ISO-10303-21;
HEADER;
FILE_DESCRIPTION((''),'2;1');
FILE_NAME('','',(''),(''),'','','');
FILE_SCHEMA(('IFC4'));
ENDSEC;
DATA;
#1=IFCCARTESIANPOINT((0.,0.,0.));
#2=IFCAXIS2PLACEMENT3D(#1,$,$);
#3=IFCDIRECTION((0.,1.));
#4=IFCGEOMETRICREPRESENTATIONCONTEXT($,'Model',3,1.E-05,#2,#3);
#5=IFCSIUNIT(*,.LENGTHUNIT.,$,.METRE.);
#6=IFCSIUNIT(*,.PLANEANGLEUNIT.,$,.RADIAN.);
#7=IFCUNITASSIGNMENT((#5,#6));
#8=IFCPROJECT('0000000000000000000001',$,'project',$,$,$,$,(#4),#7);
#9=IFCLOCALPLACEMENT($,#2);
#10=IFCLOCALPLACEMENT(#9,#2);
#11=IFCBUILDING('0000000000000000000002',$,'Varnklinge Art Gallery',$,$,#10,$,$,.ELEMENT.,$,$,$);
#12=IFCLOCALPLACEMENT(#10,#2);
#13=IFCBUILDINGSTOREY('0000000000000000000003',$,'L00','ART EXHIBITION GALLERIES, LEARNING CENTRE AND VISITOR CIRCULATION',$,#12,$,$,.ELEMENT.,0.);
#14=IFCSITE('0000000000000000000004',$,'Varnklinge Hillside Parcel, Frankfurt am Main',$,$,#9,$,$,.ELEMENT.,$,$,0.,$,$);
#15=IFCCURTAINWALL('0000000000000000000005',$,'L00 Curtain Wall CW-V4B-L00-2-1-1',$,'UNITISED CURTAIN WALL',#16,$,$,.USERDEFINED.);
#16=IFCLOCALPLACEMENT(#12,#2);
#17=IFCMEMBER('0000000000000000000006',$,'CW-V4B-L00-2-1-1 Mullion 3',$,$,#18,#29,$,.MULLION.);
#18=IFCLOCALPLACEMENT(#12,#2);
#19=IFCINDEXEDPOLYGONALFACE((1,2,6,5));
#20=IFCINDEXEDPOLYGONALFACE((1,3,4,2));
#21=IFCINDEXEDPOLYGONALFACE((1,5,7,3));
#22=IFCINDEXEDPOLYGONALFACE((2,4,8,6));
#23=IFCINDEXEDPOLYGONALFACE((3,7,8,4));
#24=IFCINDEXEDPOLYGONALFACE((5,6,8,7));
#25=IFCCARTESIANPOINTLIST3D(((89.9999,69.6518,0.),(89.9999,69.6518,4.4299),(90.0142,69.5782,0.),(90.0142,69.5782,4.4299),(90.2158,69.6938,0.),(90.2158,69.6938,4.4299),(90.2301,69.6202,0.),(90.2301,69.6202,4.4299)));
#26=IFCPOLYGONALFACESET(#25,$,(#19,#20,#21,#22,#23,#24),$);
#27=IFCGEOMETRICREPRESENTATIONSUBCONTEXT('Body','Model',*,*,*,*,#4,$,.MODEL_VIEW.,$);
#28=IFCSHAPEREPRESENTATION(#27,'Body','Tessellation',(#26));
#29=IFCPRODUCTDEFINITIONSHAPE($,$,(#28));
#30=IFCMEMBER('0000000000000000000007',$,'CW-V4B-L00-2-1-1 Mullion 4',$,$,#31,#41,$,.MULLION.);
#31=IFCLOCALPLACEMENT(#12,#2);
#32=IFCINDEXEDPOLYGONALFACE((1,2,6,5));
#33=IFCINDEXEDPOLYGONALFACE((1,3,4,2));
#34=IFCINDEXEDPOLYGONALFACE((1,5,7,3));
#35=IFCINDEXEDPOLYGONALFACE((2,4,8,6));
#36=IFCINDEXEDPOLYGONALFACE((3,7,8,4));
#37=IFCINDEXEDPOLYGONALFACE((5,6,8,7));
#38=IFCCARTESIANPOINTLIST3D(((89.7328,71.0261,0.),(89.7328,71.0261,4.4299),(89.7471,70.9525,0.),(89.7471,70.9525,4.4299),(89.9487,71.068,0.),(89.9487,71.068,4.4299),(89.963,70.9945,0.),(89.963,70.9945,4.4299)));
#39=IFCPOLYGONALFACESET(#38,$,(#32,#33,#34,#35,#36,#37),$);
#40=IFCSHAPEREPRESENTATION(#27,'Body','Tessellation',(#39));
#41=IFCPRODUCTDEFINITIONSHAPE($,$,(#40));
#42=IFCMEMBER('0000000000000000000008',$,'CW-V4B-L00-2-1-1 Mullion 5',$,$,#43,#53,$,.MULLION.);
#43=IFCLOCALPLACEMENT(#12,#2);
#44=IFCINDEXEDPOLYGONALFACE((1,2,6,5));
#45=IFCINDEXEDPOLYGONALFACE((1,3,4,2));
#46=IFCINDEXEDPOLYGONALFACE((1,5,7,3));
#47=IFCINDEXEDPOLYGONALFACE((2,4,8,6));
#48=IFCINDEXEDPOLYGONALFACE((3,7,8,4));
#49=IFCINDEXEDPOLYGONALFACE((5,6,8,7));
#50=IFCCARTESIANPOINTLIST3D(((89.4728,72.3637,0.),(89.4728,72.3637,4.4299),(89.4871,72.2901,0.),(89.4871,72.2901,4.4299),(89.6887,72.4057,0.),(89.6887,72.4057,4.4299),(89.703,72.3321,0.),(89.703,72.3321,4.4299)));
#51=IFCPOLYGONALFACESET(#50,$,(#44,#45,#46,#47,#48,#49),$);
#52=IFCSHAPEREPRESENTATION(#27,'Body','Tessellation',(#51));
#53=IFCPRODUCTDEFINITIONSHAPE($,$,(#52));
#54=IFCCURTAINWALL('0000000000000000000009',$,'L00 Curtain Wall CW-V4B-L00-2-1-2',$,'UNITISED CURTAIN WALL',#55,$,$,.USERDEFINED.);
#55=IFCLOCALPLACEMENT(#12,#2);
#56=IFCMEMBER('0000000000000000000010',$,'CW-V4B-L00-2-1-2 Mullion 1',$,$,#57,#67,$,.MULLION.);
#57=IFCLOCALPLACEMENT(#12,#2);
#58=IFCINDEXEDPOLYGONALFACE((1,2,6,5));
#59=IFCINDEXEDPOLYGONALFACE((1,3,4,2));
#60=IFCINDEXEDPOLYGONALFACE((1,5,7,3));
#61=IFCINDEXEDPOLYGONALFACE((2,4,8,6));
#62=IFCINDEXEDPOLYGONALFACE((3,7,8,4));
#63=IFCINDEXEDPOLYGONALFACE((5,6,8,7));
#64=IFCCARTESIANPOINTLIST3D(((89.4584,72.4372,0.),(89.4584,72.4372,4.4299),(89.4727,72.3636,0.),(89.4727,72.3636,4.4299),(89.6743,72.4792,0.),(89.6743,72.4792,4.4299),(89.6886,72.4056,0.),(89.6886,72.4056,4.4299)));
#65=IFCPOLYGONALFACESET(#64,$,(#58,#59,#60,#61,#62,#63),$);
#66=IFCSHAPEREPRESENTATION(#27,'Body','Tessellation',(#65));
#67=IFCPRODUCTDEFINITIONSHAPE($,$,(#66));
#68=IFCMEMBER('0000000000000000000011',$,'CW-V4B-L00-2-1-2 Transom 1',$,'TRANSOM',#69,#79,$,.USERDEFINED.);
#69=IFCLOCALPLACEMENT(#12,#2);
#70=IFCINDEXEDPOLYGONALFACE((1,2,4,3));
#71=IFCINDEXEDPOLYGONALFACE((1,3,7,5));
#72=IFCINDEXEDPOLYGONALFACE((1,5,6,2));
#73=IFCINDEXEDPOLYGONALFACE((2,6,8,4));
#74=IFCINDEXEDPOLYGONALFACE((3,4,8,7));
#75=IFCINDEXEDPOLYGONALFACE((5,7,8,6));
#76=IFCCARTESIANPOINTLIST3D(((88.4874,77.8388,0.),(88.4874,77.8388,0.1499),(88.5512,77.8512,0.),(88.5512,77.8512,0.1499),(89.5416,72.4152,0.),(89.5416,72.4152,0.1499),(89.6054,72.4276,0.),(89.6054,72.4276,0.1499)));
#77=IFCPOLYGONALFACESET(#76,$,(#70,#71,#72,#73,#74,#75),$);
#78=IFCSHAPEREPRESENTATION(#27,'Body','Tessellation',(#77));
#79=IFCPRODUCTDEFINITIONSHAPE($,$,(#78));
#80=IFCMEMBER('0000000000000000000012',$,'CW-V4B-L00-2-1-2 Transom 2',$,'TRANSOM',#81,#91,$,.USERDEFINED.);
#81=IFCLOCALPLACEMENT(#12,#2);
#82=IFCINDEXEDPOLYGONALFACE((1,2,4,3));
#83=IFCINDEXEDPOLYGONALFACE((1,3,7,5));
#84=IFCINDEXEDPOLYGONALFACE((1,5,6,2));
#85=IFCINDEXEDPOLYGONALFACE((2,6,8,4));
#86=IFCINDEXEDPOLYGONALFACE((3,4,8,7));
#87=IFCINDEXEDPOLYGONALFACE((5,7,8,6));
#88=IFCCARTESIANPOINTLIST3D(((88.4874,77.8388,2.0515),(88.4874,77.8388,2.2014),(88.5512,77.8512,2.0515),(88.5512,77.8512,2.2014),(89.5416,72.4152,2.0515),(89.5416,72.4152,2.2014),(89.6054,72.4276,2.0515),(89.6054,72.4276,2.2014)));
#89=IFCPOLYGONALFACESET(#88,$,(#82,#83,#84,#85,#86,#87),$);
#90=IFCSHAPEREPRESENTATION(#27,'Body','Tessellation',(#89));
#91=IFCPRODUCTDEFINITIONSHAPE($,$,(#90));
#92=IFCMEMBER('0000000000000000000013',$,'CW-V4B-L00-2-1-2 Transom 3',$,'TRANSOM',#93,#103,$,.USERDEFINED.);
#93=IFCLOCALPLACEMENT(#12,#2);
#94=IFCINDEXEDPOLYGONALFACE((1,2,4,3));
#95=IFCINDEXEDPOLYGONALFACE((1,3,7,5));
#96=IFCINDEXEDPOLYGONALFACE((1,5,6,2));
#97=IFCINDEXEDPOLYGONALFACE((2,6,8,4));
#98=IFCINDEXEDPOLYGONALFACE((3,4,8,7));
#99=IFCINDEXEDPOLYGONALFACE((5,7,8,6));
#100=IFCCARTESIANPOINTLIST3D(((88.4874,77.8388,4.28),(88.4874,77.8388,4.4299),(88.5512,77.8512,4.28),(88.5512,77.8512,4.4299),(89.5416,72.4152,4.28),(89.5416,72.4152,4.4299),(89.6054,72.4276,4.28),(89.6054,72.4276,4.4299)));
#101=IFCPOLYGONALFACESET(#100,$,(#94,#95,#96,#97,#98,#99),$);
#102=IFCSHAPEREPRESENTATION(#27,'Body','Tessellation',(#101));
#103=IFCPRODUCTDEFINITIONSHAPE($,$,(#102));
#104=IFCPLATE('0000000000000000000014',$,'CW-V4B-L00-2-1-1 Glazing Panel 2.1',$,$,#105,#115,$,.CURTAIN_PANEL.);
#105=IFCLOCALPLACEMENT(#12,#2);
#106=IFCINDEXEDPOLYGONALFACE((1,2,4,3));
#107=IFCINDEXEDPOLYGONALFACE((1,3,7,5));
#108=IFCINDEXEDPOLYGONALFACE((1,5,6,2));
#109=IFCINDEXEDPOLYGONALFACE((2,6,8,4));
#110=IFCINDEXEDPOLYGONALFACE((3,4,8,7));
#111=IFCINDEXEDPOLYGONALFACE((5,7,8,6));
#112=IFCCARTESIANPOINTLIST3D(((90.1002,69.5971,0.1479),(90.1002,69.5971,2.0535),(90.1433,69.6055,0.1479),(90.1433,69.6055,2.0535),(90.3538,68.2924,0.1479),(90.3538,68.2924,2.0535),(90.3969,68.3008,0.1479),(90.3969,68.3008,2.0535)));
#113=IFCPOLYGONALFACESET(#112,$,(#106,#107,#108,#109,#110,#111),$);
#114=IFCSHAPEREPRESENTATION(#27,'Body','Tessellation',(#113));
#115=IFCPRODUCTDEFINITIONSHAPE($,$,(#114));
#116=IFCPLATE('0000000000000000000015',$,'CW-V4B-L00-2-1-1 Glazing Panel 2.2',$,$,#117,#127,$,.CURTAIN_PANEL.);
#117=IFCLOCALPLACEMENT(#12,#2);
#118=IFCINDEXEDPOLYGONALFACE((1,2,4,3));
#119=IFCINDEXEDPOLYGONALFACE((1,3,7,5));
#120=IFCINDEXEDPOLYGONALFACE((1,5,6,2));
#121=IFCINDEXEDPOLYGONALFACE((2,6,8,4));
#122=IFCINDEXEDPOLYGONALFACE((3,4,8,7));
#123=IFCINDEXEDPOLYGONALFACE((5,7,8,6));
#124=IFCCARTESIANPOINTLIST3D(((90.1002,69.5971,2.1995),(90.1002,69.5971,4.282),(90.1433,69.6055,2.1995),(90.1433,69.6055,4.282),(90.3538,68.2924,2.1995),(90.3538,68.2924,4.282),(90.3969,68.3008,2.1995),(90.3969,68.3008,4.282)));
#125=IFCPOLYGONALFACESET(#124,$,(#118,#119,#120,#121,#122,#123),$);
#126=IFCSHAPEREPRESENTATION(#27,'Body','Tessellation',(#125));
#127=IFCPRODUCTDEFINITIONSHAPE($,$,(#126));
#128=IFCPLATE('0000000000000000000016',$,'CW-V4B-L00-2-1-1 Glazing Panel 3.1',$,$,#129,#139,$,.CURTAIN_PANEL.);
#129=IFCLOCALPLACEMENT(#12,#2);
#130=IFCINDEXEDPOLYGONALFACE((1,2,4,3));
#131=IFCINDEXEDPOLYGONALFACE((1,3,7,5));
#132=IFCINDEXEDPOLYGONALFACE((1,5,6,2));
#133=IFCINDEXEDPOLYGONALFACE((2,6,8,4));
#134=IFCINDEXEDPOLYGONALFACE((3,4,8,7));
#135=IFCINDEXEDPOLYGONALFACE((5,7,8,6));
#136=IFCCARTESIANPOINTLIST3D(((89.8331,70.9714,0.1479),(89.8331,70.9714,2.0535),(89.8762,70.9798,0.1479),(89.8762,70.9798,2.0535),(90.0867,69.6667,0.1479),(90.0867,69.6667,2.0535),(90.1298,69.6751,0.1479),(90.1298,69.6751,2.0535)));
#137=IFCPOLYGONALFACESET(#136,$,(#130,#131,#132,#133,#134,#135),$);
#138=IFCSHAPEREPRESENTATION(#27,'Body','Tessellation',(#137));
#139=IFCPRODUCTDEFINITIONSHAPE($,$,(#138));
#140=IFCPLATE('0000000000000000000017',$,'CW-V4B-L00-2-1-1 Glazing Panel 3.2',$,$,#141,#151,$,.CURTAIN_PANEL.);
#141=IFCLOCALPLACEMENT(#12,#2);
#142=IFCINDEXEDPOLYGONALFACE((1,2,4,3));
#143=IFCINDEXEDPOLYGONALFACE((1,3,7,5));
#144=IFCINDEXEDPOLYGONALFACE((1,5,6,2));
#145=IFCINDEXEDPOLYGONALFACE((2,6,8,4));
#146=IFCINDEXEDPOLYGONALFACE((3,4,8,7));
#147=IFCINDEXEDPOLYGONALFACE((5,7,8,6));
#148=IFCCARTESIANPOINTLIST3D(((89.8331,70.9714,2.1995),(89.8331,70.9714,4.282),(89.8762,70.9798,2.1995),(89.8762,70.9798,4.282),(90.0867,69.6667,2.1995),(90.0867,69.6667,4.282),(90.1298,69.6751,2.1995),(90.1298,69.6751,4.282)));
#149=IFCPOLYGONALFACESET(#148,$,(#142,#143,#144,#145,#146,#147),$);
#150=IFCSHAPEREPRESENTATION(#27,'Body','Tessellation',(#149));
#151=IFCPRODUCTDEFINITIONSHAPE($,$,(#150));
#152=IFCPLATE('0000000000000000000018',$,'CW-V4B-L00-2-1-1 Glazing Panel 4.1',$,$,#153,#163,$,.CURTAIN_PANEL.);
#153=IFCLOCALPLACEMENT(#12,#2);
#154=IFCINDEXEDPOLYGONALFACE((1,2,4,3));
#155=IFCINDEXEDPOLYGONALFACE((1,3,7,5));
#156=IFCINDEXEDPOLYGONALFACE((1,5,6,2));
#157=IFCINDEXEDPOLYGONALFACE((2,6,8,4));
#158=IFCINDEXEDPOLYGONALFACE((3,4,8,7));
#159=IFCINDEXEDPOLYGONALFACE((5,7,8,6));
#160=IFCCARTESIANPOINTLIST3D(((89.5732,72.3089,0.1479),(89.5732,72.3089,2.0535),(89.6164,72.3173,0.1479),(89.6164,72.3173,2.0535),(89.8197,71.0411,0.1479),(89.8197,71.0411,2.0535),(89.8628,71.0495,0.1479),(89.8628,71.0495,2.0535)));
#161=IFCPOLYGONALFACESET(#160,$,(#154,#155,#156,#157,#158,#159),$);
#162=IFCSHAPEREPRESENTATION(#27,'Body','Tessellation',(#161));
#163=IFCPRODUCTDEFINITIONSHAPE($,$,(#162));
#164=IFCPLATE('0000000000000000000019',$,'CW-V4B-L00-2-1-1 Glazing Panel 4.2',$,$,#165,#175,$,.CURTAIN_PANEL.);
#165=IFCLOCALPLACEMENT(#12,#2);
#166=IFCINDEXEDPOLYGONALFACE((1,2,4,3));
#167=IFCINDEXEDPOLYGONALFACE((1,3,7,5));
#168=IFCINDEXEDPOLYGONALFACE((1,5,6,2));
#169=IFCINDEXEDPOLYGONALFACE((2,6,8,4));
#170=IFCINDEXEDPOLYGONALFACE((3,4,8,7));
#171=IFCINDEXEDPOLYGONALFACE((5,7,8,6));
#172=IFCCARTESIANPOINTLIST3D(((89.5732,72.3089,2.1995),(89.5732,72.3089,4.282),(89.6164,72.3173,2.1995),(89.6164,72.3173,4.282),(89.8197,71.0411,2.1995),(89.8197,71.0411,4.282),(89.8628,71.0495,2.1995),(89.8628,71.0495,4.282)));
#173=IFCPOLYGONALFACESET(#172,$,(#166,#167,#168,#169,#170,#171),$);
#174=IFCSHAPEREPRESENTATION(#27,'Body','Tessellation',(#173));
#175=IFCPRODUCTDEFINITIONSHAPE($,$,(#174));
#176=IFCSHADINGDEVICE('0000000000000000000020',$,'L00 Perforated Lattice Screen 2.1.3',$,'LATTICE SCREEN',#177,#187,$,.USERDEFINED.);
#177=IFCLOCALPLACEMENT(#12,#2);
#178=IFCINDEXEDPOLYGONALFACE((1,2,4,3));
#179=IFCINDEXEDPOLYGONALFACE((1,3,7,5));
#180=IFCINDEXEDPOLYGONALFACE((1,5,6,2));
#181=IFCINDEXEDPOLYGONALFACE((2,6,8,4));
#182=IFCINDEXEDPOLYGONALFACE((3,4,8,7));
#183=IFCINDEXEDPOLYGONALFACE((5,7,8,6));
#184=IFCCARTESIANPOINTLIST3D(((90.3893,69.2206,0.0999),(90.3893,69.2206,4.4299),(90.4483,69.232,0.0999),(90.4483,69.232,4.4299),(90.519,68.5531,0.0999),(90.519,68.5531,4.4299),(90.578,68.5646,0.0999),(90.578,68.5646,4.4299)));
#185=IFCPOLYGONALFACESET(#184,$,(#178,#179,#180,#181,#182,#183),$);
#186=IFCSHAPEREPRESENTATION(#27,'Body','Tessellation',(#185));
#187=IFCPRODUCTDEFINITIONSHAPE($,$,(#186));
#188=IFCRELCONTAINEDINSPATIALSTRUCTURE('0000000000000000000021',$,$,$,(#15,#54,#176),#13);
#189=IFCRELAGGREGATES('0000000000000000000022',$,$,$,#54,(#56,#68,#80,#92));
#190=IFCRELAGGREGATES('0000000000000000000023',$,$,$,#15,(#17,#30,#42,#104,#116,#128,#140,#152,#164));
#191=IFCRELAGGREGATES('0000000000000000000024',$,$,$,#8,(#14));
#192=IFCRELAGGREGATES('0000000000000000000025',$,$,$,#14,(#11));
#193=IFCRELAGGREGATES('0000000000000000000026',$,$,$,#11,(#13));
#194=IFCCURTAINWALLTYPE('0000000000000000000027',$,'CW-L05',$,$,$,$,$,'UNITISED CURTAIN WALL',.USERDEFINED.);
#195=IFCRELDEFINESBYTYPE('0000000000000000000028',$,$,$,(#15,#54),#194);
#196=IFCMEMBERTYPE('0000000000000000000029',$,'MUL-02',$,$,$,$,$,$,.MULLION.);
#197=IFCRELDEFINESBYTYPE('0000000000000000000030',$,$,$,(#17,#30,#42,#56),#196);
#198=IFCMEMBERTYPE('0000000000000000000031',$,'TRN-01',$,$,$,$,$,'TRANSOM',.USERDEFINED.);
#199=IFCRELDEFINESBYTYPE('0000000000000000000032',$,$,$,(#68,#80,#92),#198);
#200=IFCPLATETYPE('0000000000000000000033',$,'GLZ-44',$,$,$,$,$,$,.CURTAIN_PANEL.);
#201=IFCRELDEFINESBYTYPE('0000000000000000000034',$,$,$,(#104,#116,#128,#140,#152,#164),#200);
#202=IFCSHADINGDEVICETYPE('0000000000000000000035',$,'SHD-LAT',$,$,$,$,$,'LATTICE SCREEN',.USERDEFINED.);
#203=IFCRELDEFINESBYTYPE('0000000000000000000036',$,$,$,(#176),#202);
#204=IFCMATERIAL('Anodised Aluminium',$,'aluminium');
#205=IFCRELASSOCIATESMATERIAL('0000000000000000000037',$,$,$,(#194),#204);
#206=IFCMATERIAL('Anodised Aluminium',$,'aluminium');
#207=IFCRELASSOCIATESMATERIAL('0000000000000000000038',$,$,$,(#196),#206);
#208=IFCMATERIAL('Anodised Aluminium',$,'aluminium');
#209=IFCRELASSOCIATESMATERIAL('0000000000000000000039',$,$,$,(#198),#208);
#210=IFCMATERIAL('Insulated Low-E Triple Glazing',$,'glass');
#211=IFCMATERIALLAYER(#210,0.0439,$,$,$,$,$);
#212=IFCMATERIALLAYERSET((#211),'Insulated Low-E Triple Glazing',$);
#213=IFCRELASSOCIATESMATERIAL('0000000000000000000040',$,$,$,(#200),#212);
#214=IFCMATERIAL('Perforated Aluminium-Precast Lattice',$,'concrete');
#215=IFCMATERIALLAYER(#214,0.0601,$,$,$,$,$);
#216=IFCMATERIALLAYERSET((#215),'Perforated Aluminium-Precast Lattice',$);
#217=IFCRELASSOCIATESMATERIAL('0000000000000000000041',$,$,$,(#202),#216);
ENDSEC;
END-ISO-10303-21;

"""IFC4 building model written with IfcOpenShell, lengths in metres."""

from ifc_helpers import new_model, si_unit, direction, frame, origin, origin_2d, place, context, subcontext, project, spatial, rectangle, extrude, material, layer, layer_set, material_profile, profile_set, type_object, element, aggregate, save


model = new_model("IFC4")

# Units and contexts
model_context = context("Model", 3, precision=1e-05, world=origin(), true_north=direction((0.0, 1.0)))
body_context = subcontext(model_context, "Body", "Model", "MODEL_VIEW")
ifc_project = project(units=[si_unit("LENGTHUNIT", "METRE"), si_unit("PLANEANGLEUNIT", "RADIAN")], contexts=[model_context])

# Site, building, storey
site_placement = place(None, origin())
site = spatial("IfcSite", under=ifc_project, at=site_placement, Name="Varnklinge Hillside Parcel, Frankfurt am Main", CompositionType="ELEMENT", RefElevation=0.0)
building_placement = place(site_placement, origin())
building = spatial("IfcBuilding", under=site, at=building_placement, Name="Varnklinge Art Gallery", CompositionType="ELEMENT")
storey_placement = place(building_placement, origin())
storey = spatial("IfcBuildingStorey", under=building, at=storey_placement, Name="L00", Description="ART EXHIBITION GALLERIES, LEARNING CENTRE AND VISITOR CIRCULATION", CompositionType="ELEMENT", Elevation=0.0)

# Curtain walls, members
ifc_material_1 = material(Name="Anodised Aluminium", Category="aluminium")
curtain_wall_type = type_object("IfcCurtainWallType", Name="CW-L05", ElementType="UNITISED CURTAIN WALL", PredefinedType="USERDEFINED", material=ifc_material_1)
curtain_wall_1_placement = place(storey_placement, origin())
curtain_wall_1 = element("IfcCurtainWall", 1, at=curtain_wall_1_placement, inside=storey, type_object=curtain_wall_type, Name="L00 Curtain Wall CW-V4B-L00-2-1-1", ObjectType="UNITISED CURTAIN WALL", PredefinedType="USERDEFINED")
ifc_material_2 = material(Name="Anodised Aluminium", Category="aluminium")
ifc_material_profile_1 = material_profile(ifc_material_2, rectangle(XDim=0.075, YDim=0.22, at=origin_2d()), Name="ALU 75x220")
ifc_profile_set_1 = profile_set([ifc_material_profile_1], Name="Anodised Aluminium")
member_type_1 = type_object("IfcMemberType", Name="MUL-02", PredefinedType="MULLION", material=ifc_profile_set_1)
member_1_placement = place(storey_placement, frame((90.115, 69.636, 0.0), z_axis=(0.0, 0.0, 1.0), x_axis=(-0.190809, 0.981627, 0.0)))
member_1 = element("IfcMember", 2, at=member_1_placement, type_object=member_type_1, Name="CW-V4B-L00-2-1-1 Mullion 3", PredefinedType="MULLION", context=body_context, shape_type="SweptSolid", body=[
    extrude(rectangle(XDim=0.075, YDim=0.22, at=origin_2d()), origin(), (0.0, 0.0, 1.0), 4.4299),
])
member_2_placement = place(storey_placement, frame((89.8479, 71.0103, 0.0), z_axis=(0.0, 0.0, 1.0), x_axis=(-0.190809, 0.981627, 0.0)))
member_2 = element("IfcMember", 3, at=member_2_placement, type_object=member_type_1, Name="CW-V4B-L00-2-1-1 Mullion 4", PredefinedType="MULLION", context=body_context, shape_type="SweptSolid", body=[
    extrude(rectangle(XDim=0.075, YDim=0.22, at=origin_2d()), origin(), (0.0, 0.0, 1.0), 4.4299),
])
member_3_placement = place(storey_placement, frame((89.5879, 72.3479, 0.0), z_axis=(0.0, 0.0, 1.0), x_axis=(-0.190809, 0.981627, 0.0)))
member_3 = element("IfcMember", 4, at=member_3_placement, type_object=member_type_1, Name="CW-V4B-L00-2-1-1 Mullion 5", PredefinedType="MULLION", context=body_context, shape_type="SweptSolid", body=[
    extrude(rectangle(XDim=0.075, YDim=0.22, at=origin_2d()), origin(), (0.0, 0.0, 1.0), 4.4299),
])
curtain_wall_2_placement = place(storey_placement, origin())
curtain_wall_2 = element("IfcCurtainWall", 5, at=curtain_wall_2_placement, inside=storey, type_object=curtain_wall_type, Name="L00 Curtain Wall CW-V4B-L00-2-1-2", ObjectType="UNITISED CURTAIN WALL", PredefinedType="USERDEFINED")
member_4_placement = place(storey_placement, frame((89.5735, 72.4214, 0.0), z_axis=(0.0, 0.0, 1.0), x_axis=(-0.190809, 0.981627, 0.0)))
member_4 = element("IfcMember", 6, at=member_4_placement, type_object=member_type_1, Name="CW-V4B-L00-2-1-2 Mullion 1", PredefinedType="MULLION", context=body_context, shape_type="SweptSolid", body=[
    extrude(rectangle(XDim=0.075, YDim=0.22, at=origin_2d()), origin(), (0.0, 0.0, 1.0), 4.4299),
])
ifc_material_3 = material(Name="Anodised Aluminium", Category="aluminium")
ifc_material_profile_2 = material_profile(ifc_material_3, rectangle(XDim=0.0649, YDim=0.1499, at=origin_2d()), Name="ALU 65x150")
ifc_profile_set_2 = profile_set([ifc_material_profile_2], Name="Anodised Aluminium")
member_type_2 = type_object("IfcMemberType", Name="TRN-01", ElementType="TRANSOM", PredefinedType="USERDEFINED", material=ifc_profile_set_2)
member_5_placement = place(storey_placement, frame((89.5735, 72.4214, 0.075), z_axis=(-0.190802, 0.981628, 0.0), x_axis=(-0.981628, -0.190802, 0.0)))
member_5 = element("IfcMember", 7, at=member_5_placement, type_object=member_type_2, Name="CW-V4B-L00-2-1-2 Transom 1", ObjectType="TRANSOM", PredefinedType="USERDEFINED", context=body_context, shape_type="SweptSolid", body=[
    extrude(rectangle(XDim=0.0649, YDim=0.1499, at=origin_2d()), origin(), (0.0, 0.0, 1.0), 5.5251),
])
member_6_placement = place(storey_placement, frame((89.5735, 72.4214, 2.1265), z_axis=(-0.190802, 0.981628, 0.0), x_axis=(-0.981628, -0.190802, 0.0)))
member_6 = element("IfcMember", 8, at=member_6_placement, type_object=member_type_2, Name="CW-V4B-L00-2-1-2 Transom 2", ObjectType="TRANSOM", PredefinedType="USERDEFINED", context=body_context, shape_type="SweptSolid", body=[
    extrude(rectangle(XDim=0.0649, YDim=0.1499, at=origin_2d()), origin(), (0.0, 0.0, 1.0), 5.5251),
])
member_7_placement = place(storey_placement, frame((89.5735, 72.4214, 4.355), z_axis=(-0.190802, 0.981628, 0.0), x_axis=(-0.981628, -0.190802, 0.0)))
member_7 = element("IfcMember", 9, at=member_7_placement, type_object=member_type_2, Name="CW-V4B-L00-2-1-2 Transom 3", ObjectType="TRANSOM", PredefinedType="USERDEFINED", context=body_context, shape_type="SweptSolid", body=[
    extrude(rectangle(XDim=0.0649, YDim=0.1499, at=origin_2d()), origin(), (0.0, 0.0, 1.0), 5.5251),
])
aggregate(curtain_wall_2, [member_4, member_5, member_6, member_7])

# Plates
ifc_material_4 = material(Name="Insulated Low-E Triple Glazing", Category="glass")
ifc_layer_1 = layer(ifc_material_4, 0.0439)
ifc_layer_set_1 = layer_set([ifc_layer_1], Name="Insulated Low-E Triple Glazing")
plate_type = type_object("IfcPlateType", Name="GLZ-44", PredefinedType="CURTAIN_PANEL", material=ifc_layer_set_1)
plate_1_placement = place(storey_placement, frame((90.2485, 68.949, 0.1479), z_axis=(0.0, 0.0, 1.0), x_axis=(-0.190809, 0.981627, 0.0)))
plate_1 = element("IfcPlate", 10, at=plate_1_placement, type_object=plate_type, Name="CW-V4B-L00-2-1-1 Glazing Panel 2.1", PredefinedType="CURTAIN_PANEL", context=body_context, shape_type="SweptSolid", body=[
    extrude(rectangle(XDim=1.3291, YDim=0.0439, at=origin_2d()), origin(), (0.0, 0.0, 1.0), 1.9055),
])
plate_2_placement = place(storey_placement, frame((90.2485, 68.949, 2.1995), z_axis=(0.0, 0.0, 1.0), x_axis=(-0.190809, 0.981627, 0.0)))
plate_2 = element("IfcPlate", 11, at=plate_2_placement, type_object=plate_type, Name="CW-V4B-L00-2-1-1 Glazing Panel 2.2", PredefinedType="CURTAIN_PANEL", context=body_context, shape_type="SweptSolid", body=[
    extrude(rectangle(XDim=1.3291, YDim=0.0439, at=origin_2d()), origin(), (0.0, 0.0, 1.0), 2.0825),
])
plate_3_placement = place(storey_placement, frame((89.9814, 70.3232, 0.1479), z_axis=(0.0, 0.0, 1.0), x_axis=(-0.190809, 0.981627, 0.0)))
plate_3 = element("IfcPlate", 12, at=plate_3_placement, type_object=plate_type, Name="CW-V4B-L00-2-1-1 Glazing Panel 3.1", PredefinedType="CURTAIN_PANEL", context=body_context, shape_type="SweptSolid", body=[
    extrude(rectangle(XDim=1.3291, YDim=0.0439, at=origin_2d()), origin(), (0.0, 0.0, 1.0), 1.9055),
])
plate_4_placement = place(storey_placement, frame((89.9814, 70.3232, 2.1995), z_axis=(0.0, 0.0, 1.0), x_axis=(-0.190809, 0.981627, 0.0)))
plate_4 = element("IfcPlate", 13, at=plate_4_placement, type_object=plate_type, Name="CW-V4B-L00-2-1-1 Glazing Panel 3.2", PredefinedType="CURTAIN_PANEL", context=body_context, shape_type="SweptSolid", body=[
    extrude(rectangle(XDim=1.3291, YDim=0.0439, at=origin_2d()), origin(), (0.0, 0.0, 1.0), 2.0825),
])
plate_5_placement = place(storey_placement, frame((89.718, 71.6792, 0.1479), z_axis=(0.0, 0.0, 1.0), x_axis=(-0.190809, 0.981627, 0.0)))
plate_5 = element("IfcPlate", 14, at=plate_5_placement, type_object=plate_type, Name="CW-V4B-L00-2-1-1 Glazing Panel 4.1", PredefinedType="CURTAIN_PANEL", context=body_context, shape_type="SweptSolid", body=[
    extrude(rectangle(XDim=1.2915, YDim=0.0439, at=origin_2d()), origin(), (0.0, 0.0, 1.0), 1.9055),
])
plate_6_placement = place(storey_placement, frame((89.718, 71.6792, 2.1995), z_axis=(0.0, 0.0, 1.0), x_axis=(-0.190809, 0.981627, 0.0)))
plate_6 = element("IfcPlate", 15, at=plate_6_placement, type_object=plate_type, Name="CW-V4B-L00-2-1-1 Glazing Panel 4.2", PredefinedType="CURTAIN_PANEL", context=body_context, shape_type="SweptSolid", body=[
    extrude(rectangle(XDim=1.2915, YDim=0.0439, at=origin_2d()), origin(), (0.0, 0.0, 1.0), 2.0825),
])
aggregate(curtain_wall_1, [member_1, member_2, member_3, plate_1, plate_2, plate_3, plate_4, plate_5, plate_6])

# Shading device
ifc_material_5 = material(Name="Perforated Aluminium-Precast Lattice", Category="concrete")
ifc_layer_2 = layer(ifc_material_5, 0.0601)
ifc_layer_set_2 = layer_set([ifc_layer_2], Name="Perforated Aluminium-Precast Lattice")
shading_device_type = type_object("IfcShadingDeviceType", Name="SHD-LAT", ElementType="LATTICE SCREEN", PredefinedType="USERDEFINED", material=ifc_layer_set_2)
for number, where, z_axis, x_axis, name in (
    (16, (90.4836, 68.8926, 0.0999), (0.0, 0.0, 1.0), (-0.190809, 0.981627, 0.0), "L00 Perforated Lattice Screen 2.1.3"),
):
    element("IfcShadingDevice", number, at=place(storey_placement, frame(where, z_axis=z_axis, x_axis=x_axis)), inside=storey, type_object=shading_device_type, Name=name, ObjectType="LATTICE SCREEN", PredefinedType="USERDEFINED", context=body_context, shape_type="SweptSolid", body=[
        extrude(rectangle(XDim=0.6799, YDim=0.0601, at=origin_2d()), origin(), (0.0, 0.0, 1.0), 4.3301),
    ])

save(model, "model.ifc")
